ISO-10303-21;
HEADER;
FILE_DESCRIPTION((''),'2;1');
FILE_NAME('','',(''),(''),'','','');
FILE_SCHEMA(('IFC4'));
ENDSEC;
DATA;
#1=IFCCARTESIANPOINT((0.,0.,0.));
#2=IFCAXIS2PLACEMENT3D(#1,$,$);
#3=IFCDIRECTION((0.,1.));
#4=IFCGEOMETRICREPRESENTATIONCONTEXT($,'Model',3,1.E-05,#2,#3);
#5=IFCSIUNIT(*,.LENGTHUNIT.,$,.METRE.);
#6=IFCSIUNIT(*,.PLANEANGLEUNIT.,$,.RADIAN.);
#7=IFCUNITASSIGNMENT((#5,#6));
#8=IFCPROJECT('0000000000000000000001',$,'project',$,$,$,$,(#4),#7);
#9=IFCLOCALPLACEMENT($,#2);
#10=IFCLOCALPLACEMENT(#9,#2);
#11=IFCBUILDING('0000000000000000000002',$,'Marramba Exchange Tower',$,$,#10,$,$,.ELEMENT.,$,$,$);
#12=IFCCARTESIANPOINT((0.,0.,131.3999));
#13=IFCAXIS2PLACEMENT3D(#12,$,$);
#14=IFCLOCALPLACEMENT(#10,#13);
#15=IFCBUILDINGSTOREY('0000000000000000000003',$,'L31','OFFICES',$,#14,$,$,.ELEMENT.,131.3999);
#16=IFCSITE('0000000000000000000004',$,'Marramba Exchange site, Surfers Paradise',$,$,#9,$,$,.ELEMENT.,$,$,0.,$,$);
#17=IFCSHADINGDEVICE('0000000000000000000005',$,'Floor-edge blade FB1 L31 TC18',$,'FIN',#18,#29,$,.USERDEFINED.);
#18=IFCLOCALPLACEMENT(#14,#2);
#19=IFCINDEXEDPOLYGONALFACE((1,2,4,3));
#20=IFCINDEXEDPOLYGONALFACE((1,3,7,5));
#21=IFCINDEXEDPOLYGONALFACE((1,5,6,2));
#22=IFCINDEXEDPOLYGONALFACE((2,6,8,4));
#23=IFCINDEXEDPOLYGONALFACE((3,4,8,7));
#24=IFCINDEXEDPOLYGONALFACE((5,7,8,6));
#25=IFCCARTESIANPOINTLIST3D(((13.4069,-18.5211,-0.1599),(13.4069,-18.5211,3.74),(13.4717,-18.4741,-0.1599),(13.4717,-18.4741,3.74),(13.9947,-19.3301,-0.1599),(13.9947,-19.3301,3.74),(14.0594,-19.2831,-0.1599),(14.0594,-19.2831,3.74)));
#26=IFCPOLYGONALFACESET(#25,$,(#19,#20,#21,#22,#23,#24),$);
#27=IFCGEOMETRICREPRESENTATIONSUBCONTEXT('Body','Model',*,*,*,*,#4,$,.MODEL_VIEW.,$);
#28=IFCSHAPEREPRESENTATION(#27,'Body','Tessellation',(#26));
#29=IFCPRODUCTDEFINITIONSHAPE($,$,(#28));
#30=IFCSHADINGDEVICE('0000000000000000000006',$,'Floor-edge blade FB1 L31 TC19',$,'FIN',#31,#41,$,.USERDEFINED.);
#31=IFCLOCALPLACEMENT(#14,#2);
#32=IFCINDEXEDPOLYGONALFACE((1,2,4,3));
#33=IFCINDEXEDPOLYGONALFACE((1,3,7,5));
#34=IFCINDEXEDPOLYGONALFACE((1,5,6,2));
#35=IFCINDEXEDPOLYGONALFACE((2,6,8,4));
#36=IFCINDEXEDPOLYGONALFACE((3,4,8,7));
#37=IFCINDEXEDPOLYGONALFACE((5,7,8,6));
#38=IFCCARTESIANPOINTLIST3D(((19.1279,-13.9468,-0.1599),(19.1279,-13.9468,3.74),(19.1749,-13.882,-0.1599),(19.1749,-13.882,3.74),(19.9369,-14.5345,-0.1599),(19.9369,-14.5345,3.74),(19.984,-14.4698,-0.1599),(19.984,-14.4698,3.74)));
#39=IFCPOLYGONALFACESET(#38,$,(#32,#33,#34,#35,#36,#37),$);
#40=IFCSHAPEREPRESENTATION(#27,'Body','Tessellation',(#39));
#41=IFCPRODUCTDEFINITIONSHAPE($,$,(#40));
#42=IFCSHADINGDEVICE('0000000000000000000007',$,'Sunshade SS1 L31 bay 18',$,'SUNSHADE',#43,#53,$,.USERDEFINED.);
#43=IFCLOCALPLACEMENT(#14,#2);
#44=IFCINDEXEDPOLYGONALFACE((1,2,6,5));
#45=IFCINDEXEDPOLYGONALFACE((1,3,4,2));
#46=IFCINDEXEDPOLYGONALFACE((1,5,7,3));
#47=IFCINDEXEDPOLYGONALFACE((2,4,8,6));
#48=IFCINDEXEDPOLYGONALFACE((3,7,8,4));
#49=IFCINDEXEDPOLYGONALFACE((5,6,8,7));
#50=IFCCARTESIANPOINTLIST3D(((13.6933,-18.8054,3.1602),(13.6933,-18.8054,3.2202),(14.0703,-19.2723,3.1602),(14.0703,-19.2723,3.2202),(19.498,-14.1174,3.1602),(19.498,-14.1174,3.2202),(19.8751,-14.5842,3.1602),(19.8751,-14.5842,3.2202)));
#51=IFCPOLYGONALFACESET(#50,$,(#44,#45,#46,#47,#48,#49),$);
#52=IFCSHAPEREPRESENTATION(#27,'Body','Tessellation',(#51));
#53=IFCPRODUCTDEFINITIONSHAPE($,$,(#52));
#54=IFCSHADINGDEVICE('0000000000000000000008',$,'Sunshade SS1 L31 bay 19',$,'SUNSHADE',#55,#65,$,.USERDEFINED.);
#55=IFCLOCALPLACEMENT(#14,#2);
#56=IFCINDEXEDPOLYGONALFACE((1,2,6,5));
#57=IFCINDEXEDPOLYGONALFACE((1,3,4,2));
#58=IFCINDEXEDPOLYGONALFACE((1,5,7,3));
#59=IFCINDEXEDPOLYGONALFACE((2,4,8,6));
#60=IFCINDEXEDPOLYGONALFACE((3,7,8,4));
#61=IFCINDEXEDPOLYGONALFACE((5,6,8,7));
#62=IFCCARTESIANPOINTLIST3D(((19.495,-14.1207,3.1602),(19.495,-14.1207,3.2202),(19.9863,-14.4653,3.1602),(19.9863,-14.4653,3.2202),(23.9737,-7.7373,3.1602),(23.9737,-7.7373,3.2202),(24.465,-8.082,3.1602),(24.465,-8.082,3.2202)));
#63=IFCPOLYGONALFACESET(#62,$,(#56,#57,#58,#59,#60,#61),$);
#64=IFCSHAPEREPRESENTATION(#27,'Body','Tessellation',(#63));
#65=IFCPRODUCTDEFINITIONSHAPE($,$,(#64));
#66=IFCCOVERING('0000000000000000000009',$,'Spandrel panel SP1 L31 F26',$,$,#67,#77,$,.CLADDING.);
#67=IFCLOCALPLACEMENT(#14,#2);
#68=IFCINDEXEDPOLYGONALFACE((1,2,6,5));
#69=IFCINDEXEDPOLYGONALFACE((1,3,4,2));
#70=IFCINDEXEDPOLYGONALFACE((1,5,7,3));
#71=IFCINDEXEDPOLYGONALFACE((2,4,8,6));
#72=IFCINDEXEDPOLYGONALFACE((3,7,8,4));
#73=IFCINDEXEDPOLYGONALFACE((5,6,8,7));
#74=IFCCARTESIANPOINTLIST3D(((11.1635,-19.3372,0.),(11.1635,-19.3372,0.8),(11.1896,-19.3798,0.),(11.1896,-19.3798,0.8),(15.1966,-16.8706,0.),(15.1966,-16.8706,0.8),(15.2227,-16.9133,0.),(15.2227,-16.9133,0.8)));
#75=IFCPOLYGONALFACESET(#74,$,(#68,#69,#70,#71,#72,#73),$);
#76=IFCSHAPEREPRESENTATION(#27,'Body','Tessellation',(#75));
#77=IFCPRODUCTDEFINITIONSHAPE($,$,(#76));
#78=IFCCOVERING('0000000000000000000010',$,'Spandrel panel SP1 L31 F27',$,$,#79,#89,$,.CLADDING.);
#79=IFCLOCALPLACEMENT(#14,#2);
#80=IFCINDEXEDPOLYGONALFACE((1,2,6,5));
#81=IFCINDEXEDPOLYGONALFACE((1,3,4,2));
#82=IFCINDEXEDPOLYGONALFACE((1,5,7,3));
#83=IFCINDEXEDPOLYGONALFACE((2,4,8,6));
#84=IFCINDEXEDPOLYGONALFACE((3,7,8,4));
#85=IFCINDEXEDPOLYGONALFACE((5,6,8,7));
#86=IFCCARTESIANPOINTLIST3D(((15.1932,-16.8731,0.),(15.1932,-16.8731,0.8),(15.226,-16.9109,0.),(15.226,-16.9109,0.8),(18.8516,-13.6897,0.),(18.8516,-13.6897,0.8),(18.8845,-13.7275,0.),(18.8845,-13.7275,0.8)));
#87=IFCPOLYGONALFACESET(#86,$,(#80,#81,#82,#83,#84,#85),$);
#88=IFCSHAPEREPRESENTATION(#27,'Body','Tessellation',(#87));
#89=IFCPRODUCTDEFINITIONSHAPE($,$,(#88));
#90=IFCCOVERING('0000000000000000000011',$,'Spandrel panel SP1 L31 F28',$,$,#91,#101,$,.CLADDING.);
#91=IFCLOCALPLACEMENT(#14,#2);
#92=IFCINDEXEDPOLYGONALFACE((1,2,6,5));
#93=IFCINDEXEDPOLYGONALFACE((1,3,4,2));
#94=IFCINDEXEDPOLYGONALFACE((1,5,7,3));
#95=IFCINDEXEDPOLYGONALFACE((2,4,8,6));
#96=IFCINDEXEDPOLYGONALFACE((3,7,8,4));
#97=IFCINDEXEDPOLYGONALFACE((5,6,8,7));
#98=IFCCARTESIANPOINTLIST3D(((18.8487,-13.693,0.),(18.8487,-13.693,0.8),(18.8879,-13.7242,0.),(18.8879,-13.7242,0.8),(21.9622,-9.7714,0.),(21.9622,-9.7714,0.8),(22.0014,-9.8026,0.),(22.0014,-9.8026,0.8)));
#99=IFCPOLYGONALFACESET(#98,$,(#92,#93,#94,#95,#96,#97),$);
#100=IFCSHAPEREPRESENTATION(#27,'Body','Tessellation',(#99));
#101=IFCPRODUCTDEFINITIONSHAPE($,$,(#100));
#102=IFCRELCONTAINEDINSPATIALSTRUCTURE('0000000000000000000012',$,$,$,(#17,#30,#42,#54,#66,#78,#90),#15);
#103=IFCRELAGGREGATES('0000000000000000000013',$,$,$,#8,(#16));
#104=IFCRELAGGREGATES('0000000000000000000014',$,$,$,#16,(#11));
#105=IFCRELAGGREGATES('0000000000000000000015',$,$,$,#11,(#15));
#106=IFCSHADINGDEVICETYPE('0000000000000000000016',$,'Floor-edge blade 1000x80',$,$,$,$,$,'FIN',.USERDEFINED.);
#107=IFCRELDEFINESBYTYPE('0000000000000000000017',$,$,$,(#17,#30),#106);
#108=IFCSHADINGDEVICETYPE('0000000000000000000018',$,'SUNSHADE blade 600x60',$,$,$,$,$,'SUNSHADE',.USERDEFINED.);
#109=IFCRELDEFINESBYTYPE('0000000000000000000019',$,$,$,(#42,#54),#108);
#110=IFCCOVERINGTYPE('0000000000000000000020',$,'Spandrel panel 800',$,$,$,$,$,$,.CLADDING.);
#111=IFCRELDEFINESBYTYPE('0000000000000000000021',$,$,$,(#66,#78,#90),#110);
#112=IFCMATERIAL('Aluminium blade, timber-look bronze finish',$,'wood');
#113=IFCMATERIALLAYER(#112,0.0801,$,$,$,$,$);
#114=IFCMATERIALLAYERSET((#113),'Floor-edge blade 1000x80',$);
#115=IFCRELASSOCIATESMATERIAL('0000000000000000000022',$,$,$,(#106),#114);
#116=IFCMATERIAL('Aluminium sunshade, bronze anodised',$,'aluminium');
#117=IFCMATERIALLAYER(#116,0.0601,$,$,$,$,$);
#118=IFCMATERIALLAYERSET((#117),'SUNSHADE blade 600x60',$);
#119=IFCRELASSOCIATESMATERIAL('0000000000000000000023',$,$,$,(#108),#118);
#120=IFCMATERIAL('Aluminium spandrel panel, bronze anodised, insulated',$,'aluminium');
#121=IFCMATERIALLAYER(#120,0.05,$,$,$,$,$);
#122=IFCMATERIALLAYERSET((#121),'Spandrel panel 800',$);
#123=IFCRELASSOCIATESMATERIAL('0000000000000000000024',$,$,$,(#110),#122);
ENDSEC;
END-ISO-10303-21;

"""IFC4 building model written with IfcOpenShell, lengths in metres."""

from ifc_helpers import new_model, si_unit, direction, frame, origin, origin_2d, place, context, subcontext, project, spatial, rectangle, extrude, material, layer, layer_set, type_object, element, save


model = new_model("IFC4")

# Units and contexts
model_context = context("Model", 3, precision=1e-05, world=origin(), true_north=direction((0.0, 1.0)))
body_context = subcontext(model_context, "Body", "Model", "MODEL_VIEW")
ifc_project = project(units=[si_unit("LENGTHUNIT", "METRE"), si_unit("PLANEANGLEUNIT", "RADIAN")], contexts=[model_context])

# Site, building, storey
site_placement = place(None, origin())
site = spatial("IfcSite", under=ifc_project, at=site_placement, Name="Marramba Exchange site, Surfers Paradise", CompositionType="ELEMENT", RefElevation=0.0)
building_placement = place(site_placement, origin())
building = spatial("IfcBuilding", under=site, at=building_placement, Name="Marramba Exchange Tower", CompositionType="ELEMENT")
storey_placement = place(building_placement, frame((0.0, 0.0, 131.3999)))
storey = spatial("IfcBuildingStorey", under=building, at=storey_placement, Name="L31", Description="OFFICES", CompositionType="ELEMENT", Elevation=131.3999)

# Shading devices
ifc_material_1 = material(Name="Aluminium blade, timber-look bronze finish", Category="wood")
ifc_layer_1 = layer(ifc_material_1, 0.0801)
ifc_layer_set_1 = layer_set([ifc_layer_1], Name="Floor-edge blade 1000x80")
shading_device_type_1 = type_object("IfcShadingDeviceType", Name="Floor-edge blade 1000x80", ElementType="FIN", PredefinedType="USERDEFINED", material=ifc_layer_set_1)
for number, where, z_axis, x_axis, name in (
    (1, (13.7332, -18.9021, -0.1599), (0.0, 0.0, 1.0), (0.587785, -0.809017, 0.0), "Floor-edge blade FB1 L31 TC18"),
    (2, (19.5559, -14.2083, -0.1599), (0.0, 0.0, 1.0), (0.809017, -0.587785, 0.0), "Floor-edge blade FB1 L31 TC19"),
):
    element("IfcShadingDevice", number, at=place(storey_placement, frame(where, z_axis=z_axis, x_axis=x_axis)), inside=storey, type_object=shading_device_type_1, Name=name, ObjectType="FIN", PredefinedType="USERDEFINED", context=body_context, shape_type="SweptSolid", body=[
        extrude(rectangle(XDim=1.0, YDim=0.0801, at=origin_2d()), origin(), (0.0, 0.0, 1.0), 3.8999),
    ])
ifc_material_2 = material(Name="Aluminium sunshade, bronze anodised", Category="aluminium")
ifc_layer_2 = layer(ifc_material_2, 0.0601)
ifc_layer_set_2 = layer_set([ifc_layer_2], Name="SUNSHADE blade 600x60")
shading_device_type_2 = type_object("IfcShadingDeviceType", Name="SUNSHADE blade 600x60", ElementType="SUNSHADE", PredefinedType="USERDEFINED", material=ifc_layer_set_2)
shading_device_1_placement = place(storey_placement, frame((16.7842, -16.6948, 3.1602), z_axis=(0.0, 0.0, 1.0), x_axis=(0.777962, 0.628311, 0.0)))
element("IfcShadingDevice", 3, at=shading_device_1_placement, inside=storey, type_object=shading_device_type_2, Name="Sunshade SS1 L31 bay 18", ObjectType="SUNSHADE", PredefinedType="USERDEFINED", context=body_context, shape_type="SweptSolid", body=[
    extrude(rectangle(XDim=7.4614, YDim=0.6001, at=origin_2d()), origin(), (0.0, 0.0, 1.0), 0.0601),
])
shading_device_2_placement = place(storey_placement, frame((21.98, -11.1013, 3.1602), z_axis=(0.0, 0.0, 1.0), x_axis=(0.574351, 0.818609, 0.0)))
element("IfcShadingDevice", 4, at=shading_device_2_placement, inside=storey, type_object=shading_device_type_2, Name="Sunshade SS1 L31 bay 19", ObjectType="SUNSHADE", PredefinedType="USERDEFINED", context=body_context, shape_type="SweptSolid", body=[
    extrude(rectangle(XDim=7.7979, YDim=0.6001, at=origin_2d()), origin(), (0.0, 0.0, 1.0), 0.0601),
])

# Coverings
ifc_material_3 = material(Name="Aluminium spandrel panel, bronze anodised, insulated", Category="aluminium")
ifc_layer_3 = layer(ifc_material_3, 0.05)
ifc_layer_set_3 = layer_set([ifc_layer_3], Name="Spandrel panel 800")
covering_type = type_object("IfcCoveringType", Name="Spandrel panel 800", PredefinedType="CLADDING", material=ifc_layer_set_3)
covering_1_placement = place(storey_placement, frame((13.1931, -18.1252, 0.0), z_axis=(0.0, 0.0, 1.0), x_axis=(0.853109, 0.521733, 0.0)))
element("IfcCovering", 5, at=covering_1_placement, inside=storey, type_object=covering_type, Name="Spandrel panel SP1 L31 F26", PredefinedType="CLADDING", context=body_context, shape_type="SweptSolid", body=[
    extrude(rectangle(XDim=4.7275, YDim=0.05, at=origin_2d()), origin(), (0.0, 0.0, 1.0), 0.8),
])
covering_2_placement = place(storey_placement, frame((17.0388, -15.3003, 0.0), z_axis=(0.0, 0.0, 1.0), x_axis=(0.754386, 0.656432, 0.0)))
element("IfcCovering", 6, at=covering_2_placement, inside=storey, type_object=covering_type, Name="Spandrel panel SP1 L31 F27", PredefinedType="CLADDING", context=body_context, shape_type="SweptSolid", body=[
    extrude(rectangle(XDim=4.8496, YDim=0.05, at=origin_2d()), origin(), (0.0, 0.0, 1.0), 0.8),
])
covering_3_placement = place(storey_placement, frame((20.425, -11.7478, 0.0), z_axis=(0.0, 0.0, 1.0), x_axis=(0.621807, 0.78317, 0.0)))
element("IfcCovering", 7, at=covering_3_placement, inside=storey, type_object=covering_type, Name="Spandrel panel SP1 L31 F28", PredefinedType="CLADDING", context=body_context, shape_type="SweptSolid", body=[
    extrude(rectangle(XDim=5.0073, YDim=0.05, at=origin_2d()), origin(), (0.0, 0.0, 1.0), 0.8),
])

save(model, "model.ifc")
